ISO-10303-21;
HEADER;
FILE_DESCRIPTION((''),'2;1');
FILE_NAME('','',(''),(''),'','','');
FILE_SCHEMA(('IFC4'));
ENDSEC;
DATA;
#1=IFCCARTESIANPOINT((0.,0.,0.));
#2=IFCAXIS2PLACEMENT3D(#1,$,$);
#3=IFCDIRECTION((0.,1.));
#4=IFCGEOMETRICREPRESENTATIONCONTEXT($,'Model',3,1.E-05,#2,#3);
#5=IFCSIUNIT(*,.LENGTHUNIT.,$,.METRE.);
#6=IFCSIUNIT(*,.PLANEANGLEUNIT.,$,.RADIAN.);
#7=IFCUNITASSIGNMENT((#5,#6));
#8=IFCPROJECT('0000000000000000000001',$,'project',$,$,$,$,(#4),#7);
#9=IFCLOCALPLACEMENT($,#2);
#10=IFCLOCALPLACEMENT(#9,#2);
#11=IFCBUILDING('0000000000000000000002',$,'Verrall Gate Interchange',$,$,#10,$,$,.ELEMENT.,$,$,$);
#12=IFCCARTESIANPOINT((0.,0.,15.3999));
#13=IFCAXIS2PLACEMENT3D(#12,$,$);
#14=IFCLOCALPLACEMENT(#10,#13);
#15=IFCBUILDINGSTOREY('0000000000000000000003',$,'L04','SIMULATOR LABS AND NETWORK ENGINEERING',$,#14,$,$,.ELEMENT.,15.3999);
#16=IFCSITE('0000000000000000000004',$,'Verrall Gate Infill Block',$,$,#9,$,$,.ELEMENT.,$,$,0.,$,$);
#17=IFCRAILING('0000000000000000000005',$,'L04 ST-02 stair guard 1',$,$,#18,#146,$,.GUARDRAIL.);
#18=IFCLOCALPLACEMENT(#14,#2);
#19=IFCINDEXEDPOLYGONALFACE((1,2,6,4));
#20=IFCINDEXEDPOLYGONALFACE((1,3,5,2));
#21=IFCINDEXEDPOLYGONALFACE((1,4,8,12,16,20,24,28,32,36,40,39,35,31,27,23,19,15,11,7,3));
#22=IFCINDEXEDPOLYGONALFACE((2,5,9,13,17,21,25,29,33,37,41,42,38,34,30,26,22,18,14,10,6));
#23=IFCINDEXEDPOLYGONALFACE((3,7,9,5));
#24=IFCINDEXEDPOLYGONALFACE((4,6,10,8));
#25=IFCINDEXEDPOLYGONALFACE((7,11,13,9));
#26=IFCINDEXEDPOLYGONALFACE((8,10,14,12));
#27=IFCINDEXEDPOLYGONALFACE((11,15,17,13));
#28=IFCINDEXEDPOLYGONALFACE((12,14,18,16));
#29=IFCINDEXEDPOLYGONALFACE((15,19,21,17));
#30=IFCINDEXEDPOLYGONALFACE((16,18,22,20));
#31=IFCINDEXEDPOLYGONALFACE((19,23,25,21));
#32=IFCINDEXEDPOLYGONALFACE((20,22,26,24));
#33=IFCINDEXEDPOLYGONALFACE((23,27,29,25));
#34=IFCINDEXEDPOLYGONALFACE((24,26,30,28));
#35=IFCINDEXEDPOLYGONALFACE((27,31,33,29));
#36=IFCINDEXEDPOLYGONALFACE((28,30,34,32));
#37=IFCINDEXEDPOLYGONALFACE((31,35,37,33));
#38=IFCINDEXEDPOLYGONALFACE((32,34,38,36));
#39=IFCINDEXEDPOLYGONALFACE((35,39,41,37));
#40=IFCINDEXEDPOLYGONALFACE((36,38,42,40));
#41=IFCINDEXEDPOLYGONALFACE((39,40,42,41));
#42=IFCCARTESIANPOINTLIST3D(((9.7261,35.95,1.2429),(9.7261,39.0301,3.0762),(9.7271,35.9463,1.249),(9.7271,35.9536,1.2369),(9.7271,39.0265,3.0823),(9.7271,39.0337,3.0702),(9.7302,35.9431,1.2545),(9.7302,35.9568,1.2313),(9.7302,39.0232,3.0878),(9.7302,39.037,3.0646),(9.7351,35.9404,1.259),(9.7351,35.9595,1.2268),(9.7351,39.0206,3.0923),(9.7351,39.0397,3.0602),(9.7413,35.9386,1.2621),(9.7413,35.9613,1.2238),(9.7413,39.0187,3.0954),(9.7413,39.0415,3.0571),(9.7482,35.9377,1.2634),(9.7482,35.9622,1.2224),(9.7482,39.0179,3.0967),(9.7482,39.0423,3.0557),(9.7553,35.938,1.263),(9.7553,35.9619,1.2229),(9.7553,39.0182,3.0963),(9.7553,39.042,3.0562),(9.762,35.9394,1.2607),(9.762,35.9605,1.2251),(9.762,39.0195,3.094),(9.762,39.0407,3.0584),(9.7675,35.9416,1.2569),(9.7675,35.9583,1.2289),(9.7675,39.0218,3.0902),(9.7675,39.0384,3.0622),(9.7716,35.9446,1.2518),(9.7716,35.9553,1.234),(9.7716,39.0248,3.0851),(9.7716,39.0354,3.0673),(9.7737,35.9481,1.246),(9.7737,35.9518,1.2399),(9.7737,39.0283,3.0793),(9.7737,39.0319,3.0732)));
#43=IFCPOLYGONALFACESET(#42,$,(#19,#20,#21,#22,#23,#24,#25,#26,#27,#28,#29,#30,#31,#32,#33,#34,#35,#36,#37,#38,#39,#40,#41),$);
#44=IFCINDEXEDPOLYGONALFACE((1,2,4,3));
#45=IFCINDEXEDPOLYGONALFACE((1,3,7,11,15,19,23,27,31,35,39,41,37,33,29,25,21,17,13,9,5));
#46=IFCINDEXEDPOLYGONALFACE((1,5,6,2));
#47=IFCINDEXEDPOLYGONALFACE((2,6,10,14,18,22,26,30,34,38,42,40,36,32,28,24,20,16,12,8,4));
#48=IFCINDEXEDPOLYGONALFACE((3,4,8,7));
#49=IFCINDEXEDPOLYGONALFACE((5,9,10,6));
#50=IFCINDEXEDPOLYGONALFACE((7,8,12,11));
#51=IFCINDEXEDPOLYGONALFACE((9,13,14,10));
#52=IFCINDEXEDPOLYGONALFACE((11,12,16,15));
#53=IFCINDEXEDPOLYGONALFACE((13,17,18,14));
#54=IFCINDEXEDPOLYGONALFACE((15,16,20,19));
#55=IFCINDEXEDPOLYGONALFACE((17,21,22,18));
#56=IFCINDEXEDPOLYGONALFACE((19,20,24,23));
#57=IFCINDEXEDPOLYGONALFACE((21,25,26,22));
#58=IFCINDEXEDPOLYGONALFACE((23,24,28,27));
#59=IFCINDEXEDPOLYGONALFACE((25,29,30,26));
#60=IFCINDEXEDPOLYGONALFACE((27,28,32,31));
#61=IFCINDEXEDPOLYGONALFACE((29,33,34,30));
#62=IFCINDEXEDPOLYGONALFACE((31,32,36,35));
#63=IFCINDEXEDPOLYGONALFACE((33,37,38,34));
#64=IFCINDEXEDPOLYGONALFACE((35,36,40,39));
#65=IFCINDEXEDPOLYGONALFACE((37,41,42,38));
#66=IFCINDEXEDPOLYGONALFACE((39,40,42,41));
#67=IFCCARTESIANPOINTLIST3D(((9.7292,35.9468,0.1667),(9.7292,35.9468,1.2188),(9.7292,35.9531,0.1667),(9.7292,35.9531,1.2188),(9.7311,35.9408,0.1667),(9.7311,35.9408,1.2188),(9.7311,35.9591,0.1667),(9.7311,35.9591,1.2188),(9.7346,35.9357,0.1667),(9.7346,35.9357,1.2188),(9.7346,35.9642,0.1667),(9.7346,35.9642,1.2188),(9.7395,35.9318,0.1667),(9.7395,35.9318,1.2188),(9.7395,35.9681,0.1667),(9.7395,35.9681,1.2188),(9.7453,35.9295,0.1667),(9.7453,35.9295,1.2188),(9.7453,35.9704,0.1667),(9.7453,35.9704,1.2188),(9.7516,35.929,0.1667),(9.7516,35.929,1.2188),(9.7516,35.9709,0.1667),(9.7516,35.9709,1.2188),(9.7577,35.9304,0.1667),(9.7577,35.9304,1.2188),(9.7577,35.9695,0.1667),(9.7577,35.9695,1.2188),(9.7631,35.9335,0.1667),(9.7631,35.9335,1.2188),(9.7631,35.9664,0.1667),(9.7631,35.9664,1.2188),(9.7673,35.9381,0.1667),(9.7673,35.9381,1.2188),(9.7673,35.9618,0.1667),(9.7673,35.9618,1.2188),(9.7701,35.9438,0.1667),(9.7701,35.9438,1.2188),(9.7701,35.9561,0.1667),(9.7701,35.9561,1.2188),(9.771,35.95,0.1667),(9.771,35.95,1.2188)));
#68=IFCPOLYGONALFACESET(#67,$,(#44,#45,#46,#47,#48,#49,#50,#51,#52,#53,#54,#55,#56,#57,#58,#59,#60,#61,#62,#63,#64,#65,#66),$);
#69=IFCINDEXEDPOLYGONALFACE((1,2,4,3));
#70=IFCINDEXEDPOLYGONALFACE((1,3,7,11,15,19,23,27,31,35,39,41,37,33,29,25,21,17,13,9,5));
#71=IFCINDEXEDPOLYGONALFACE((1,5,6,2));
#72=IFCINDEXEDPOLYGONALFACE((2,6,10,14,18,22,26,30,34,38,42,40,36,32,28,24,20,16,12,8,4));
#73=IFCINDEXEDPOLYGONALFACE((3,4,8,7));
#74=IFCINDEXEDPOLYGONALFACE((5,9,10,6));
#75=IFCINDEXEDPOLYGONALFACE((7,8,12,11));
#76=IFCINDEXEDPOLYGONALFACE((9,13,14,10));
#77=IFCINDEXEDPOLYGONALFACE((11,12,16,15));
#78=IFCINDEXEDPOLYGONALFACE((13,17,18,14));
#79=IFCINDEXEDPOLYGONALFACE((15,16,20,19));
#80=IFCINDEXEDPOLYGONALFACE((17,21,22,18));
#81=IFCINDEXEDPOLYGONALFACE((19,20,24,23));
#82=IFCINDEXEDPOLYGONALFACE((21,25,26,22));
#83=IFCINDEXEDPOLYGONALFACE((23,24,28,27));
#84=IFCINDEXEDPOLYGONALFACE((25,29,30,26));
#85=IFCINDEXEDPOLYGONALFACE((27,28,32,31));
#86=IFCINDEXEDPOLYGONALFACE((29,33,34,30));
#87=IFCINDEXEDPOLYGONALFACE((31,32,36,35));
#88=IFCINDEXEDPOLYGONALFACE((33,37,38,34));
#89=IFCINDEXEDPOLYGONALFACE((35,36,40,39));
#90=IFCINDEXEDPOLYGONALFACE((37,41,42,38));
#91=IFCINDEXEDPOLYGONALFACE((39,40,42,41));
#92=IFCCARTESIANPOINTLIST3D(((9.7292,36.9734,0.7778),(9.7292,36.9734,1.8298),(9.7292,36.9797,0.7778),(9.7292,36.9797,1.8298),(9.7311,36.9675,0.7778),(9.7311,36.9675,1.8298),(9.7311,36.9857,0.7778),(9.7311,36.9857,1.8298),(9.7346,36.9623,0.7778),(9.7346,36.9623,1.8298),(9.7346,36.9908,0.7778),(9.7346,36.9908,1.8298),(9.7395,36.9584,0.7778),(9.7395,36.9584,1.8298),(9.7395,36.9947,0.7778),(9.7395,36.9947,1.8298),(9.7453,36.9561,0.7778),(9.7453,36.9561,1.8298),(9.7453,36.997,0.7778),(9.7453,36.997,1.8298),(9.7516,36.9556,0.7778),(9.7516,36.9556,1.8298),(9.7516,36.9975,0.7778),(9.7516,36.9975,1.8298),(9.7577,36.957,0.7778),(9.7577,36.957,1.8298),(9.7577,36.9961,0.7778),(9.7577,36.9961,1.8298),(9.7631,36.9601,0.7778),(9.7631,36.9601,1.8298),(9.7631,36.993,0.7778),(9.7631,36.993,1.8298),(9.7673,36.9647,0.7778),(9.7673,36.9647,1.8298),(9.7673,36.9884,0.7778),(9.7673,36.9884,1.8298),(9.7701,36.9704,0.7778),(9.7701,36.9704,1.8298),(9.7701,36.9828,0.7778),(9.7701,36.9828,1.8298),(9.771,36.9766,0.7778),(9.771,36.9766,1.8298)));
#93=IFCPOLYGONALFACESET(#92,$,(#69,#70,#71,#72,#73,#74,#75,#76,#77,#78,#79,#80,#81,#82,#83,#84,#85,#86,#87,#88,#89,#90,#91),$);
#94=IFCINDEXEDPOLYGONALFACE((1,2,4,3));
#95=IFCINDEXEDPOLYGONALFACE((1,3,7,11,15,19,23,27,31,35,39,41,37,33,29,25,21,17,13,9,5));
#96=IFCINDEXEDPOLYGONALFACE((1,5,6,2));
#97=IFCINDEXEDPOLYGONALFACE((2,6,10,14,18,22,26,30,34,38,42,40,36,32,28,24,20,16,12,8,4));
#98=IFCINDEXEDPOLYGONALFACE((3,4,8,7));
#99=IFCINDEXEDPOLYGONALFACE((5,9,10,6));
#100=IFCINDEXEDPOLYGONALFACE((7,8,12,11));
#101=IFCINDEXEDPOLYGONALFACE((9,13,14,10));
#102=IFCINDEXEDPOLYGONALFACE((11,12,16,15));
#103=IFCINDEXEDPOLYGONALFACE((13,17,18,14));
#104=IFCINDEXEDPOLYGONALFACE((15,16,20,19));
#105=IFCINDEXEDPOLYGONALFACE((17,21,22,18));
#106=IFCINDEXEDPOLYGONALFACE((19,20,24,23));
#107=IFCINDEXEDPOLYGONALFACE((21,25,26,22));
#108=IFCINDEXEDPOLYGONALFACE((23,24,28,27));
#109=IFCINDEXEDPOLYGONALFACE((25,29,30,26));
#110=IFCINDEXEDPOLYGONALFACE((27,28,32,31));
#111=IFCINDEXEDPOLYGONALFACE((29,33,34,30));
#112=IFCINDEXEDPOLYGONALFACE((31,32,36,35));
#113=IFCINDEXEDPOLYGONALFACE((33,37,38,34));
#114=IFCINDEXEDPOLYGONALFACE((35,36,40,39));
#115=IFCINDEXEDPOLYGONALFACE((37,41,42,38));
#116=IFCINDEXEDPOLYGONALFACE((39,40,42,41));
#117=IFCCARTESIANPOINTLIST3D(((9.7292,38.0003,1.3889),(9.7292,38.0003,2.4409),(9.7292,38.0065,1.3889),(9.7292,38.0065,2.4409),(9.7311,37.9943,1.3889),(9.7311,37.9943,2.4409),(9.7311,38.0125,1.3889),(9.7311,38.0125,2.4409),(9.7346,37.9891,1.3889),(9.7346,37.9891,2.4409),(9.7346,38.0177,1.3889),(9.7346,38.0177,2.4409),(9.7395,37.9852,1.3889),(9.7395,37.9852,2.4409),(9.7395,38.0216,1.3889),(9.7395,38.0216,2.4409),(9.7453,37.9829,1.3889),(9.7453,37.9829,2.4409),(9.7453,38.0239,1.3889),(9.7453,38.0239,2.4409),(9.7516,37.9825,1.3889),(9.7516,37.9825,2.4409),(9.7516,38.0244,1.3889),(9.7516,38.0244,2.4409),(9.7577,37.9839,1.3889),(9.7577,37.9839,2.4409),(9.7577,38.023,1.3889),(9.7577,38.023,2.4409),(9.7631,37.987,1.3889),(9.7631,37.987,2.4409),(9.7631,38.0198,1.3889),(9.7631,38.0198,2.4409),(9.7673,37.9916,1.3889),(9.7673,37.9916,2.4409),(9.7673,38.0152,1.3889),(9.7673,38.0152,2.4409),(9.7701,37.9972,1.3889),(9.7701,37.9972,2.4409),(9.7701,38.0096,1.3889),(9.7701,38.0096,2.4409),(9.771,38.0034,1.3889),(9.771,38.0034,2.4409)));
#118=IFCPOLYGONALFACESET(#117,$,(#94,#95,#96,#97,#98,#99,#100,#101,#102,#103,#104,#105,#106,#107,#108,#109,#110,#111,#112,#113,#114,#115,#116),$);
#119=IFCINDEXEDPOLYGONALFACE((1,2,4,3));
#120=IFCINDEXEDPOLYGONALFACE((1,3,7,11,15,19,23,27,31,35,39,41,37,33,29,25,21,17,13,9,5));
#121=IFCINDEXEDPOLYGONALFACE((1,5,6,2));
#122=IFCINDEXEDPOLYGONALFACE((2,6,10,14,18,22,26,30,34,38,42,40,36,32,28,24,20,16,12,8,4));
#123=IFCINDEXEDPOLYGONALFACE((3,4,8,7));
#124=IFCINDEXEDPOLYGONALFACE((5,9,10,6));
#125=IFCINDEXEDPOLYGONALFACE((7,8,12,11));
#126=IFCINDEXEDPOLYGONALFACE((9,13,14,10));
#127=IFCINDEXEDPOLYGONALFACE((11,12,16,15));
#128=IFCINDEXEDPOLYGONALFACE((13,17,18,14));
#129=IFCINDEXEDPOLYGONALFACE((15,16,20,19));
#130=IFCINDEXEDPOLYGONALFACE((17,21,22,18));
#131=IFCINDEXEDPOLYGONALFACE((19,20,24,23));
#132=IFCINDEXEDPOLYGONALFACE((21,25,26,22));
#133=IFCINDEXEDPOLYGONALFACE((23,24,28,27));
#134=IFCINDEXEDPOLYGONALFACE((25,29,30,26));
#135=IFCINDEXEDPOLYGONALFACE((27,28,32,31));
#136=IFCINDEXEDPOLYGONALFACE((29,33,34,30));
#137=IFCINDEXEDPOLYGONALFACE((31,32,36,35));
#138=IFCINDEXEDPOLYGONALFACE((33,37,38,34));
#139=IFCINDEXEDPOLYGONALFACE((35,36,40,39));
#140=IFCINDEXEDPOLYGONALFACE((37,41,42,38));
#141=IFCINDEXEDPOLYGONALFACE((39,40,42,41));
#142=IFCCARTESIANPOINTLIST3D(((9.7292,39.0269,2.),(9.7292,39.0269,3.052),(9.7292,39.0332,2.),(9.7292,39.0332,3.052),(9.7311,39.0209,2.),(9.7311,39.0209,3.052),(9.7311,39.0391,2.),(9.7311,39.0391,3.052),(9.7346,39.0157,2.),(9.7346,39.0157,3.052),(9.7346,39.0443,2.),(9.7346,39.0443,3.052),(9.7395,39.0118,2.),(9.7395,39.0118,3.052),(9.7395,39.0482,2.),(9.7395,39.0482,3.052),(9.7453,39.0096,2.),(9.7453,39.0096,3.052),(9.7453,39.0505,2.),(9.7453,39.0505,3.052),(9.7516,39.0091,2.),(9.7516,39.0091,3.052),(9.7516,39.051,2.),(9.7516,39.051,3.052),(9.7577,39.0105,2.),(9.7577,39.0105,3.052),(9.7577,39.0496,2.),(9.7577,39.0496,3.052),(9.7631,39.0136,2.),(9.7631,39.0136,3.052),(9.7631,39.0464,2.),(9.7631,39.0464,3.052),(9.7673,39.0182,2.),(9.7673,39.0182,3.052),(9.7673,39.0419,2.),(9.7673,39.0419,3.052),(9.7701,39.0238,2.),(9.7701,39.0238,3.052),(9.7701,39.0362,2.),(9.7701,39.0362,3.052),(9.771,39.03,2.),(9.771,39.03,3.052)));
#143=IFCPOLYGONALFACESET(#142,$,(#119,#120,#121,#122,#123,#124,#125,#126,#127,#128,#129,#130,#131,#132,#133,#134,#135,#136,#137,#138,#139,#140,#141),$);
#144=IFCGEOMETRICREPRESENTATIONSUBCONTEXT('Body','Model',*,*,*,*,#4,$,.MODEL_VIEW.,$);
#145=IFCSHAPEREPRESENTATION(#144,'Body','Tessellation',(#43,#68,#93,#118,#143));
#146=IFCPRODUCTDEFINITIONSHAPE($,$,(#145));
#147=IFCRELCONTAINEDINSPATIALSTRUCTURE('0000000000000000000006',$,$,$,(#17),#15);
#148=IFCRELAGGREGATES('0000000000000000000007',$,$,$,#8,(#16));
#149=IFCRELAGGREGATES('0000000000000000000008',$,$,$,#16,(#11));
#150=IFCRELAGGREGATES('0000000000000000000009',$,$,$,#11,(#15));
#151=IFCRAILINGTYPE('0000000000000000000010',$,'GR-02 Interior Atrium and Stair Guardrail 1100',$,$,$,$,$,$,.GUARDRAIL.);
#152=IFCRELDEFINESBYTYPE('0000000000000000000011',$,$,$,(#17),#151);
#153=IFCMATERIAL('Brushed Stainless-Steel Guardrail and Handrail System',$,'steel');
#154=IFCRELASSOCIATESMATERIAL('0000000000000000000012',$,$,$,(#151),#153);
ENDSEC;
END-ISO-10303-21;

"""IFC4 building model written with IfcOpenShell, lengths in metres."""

from ifc_helpers import new_model, si_unit, direction, frame, origin, origin_2d, place, context, subcontext, project, spatial, circle, extrude, material, type_object, element, save


model = new_model("IFC4")

# Units and contexts
model_context = context("Model", 3, precision=1e-05, world=origin(), true_north=direction((0.0, 1.0)))
body_context = subcontext(model_context, "Body", "Model", "MODEL_VIEW")
ifc_project = project(units=[si_unit("LENGTHUNIT", "METRE"), si_unit("PLANEANGLEUNIT", "RADIAN")], contexts=[model_context])

# Site, building, storey
site_placement = place(None, origin())
site = spatial("IfcSite", under=ifc_project, at=site_placement, Name="Verrall Gate Infill Block", CompositionType="ELEMENT", RefElevation=0.0)
building_placement = place(site_placement, origin())
building = spatial("IfcBuilding", under=site, at=building_placement, Name="Verrall Gate Interchange", CompositionType="ELEMENT")
storey_placement = place(building_placement, frame((0.0, 0.0, 15.3999)))
storey = spatial("IfcBuildingStorey", under=building, at=storey_placement, Name="L04", Description="SIMULATOR LABS AND NETWORK ENGINEERING", CompositionType="ELEMENT", Elevation=15.3999)

# Railing
ifc_material_1 = material(Name="Brushed Stainless-Steel Guardrail and Handrail System", Category="steel")
railing_type_1 = type_object("IfcRailingType", Name="GR-02 Interior Atrium and Stair Guardrail 1100", PredefinedType="GUARDRAIL", material=ifc_material_1)
railing_1_placement = place(storey_placement, frame((9.75, 35.95, 0.1667)))
element("IfcRailing", 1, at=railing_1_placement, inside=storey, type_object=railing_type_1, Name="L04 ST-02 stair guard 1", PredefinedType="GUARDRAIL", context=body_context, shape_type="SweptSolid", body=[
    extrude(circle(Radius=0.0239, at=origin_2d()), frame((0.0, 0.0, 1.0762), z_axis=(0.0, 0.859309, 0.511458), x_axis=(-1.0, 0.0, 0.0)), (0.0, 0.0, 1.0), 3.5845),
    extrude(circle(Radius=0.021, at=origin_2d()), origin(), (0.0, 0.0, 1.0), 1.052),
    extrude(circle(Radius=0.021, at=origin_2d()), frame((0.0, 1.0266, 0.6111)), (0.0, 0.0, 1.0), 1.052),
    extrude(circle(Radius=0.021, at=origin_2d()), frame((0.0, 2.0535, 1.2222)), (0.0, 0.0, 1.0), 1.052),
    extrude(circle(Radius=0.021, at=origin_2d()), frame((0.0, 3.0801, 1.8333)), (0.0, 0.0, 1.0), 1.052),
])

save(model, "model.ifc")
